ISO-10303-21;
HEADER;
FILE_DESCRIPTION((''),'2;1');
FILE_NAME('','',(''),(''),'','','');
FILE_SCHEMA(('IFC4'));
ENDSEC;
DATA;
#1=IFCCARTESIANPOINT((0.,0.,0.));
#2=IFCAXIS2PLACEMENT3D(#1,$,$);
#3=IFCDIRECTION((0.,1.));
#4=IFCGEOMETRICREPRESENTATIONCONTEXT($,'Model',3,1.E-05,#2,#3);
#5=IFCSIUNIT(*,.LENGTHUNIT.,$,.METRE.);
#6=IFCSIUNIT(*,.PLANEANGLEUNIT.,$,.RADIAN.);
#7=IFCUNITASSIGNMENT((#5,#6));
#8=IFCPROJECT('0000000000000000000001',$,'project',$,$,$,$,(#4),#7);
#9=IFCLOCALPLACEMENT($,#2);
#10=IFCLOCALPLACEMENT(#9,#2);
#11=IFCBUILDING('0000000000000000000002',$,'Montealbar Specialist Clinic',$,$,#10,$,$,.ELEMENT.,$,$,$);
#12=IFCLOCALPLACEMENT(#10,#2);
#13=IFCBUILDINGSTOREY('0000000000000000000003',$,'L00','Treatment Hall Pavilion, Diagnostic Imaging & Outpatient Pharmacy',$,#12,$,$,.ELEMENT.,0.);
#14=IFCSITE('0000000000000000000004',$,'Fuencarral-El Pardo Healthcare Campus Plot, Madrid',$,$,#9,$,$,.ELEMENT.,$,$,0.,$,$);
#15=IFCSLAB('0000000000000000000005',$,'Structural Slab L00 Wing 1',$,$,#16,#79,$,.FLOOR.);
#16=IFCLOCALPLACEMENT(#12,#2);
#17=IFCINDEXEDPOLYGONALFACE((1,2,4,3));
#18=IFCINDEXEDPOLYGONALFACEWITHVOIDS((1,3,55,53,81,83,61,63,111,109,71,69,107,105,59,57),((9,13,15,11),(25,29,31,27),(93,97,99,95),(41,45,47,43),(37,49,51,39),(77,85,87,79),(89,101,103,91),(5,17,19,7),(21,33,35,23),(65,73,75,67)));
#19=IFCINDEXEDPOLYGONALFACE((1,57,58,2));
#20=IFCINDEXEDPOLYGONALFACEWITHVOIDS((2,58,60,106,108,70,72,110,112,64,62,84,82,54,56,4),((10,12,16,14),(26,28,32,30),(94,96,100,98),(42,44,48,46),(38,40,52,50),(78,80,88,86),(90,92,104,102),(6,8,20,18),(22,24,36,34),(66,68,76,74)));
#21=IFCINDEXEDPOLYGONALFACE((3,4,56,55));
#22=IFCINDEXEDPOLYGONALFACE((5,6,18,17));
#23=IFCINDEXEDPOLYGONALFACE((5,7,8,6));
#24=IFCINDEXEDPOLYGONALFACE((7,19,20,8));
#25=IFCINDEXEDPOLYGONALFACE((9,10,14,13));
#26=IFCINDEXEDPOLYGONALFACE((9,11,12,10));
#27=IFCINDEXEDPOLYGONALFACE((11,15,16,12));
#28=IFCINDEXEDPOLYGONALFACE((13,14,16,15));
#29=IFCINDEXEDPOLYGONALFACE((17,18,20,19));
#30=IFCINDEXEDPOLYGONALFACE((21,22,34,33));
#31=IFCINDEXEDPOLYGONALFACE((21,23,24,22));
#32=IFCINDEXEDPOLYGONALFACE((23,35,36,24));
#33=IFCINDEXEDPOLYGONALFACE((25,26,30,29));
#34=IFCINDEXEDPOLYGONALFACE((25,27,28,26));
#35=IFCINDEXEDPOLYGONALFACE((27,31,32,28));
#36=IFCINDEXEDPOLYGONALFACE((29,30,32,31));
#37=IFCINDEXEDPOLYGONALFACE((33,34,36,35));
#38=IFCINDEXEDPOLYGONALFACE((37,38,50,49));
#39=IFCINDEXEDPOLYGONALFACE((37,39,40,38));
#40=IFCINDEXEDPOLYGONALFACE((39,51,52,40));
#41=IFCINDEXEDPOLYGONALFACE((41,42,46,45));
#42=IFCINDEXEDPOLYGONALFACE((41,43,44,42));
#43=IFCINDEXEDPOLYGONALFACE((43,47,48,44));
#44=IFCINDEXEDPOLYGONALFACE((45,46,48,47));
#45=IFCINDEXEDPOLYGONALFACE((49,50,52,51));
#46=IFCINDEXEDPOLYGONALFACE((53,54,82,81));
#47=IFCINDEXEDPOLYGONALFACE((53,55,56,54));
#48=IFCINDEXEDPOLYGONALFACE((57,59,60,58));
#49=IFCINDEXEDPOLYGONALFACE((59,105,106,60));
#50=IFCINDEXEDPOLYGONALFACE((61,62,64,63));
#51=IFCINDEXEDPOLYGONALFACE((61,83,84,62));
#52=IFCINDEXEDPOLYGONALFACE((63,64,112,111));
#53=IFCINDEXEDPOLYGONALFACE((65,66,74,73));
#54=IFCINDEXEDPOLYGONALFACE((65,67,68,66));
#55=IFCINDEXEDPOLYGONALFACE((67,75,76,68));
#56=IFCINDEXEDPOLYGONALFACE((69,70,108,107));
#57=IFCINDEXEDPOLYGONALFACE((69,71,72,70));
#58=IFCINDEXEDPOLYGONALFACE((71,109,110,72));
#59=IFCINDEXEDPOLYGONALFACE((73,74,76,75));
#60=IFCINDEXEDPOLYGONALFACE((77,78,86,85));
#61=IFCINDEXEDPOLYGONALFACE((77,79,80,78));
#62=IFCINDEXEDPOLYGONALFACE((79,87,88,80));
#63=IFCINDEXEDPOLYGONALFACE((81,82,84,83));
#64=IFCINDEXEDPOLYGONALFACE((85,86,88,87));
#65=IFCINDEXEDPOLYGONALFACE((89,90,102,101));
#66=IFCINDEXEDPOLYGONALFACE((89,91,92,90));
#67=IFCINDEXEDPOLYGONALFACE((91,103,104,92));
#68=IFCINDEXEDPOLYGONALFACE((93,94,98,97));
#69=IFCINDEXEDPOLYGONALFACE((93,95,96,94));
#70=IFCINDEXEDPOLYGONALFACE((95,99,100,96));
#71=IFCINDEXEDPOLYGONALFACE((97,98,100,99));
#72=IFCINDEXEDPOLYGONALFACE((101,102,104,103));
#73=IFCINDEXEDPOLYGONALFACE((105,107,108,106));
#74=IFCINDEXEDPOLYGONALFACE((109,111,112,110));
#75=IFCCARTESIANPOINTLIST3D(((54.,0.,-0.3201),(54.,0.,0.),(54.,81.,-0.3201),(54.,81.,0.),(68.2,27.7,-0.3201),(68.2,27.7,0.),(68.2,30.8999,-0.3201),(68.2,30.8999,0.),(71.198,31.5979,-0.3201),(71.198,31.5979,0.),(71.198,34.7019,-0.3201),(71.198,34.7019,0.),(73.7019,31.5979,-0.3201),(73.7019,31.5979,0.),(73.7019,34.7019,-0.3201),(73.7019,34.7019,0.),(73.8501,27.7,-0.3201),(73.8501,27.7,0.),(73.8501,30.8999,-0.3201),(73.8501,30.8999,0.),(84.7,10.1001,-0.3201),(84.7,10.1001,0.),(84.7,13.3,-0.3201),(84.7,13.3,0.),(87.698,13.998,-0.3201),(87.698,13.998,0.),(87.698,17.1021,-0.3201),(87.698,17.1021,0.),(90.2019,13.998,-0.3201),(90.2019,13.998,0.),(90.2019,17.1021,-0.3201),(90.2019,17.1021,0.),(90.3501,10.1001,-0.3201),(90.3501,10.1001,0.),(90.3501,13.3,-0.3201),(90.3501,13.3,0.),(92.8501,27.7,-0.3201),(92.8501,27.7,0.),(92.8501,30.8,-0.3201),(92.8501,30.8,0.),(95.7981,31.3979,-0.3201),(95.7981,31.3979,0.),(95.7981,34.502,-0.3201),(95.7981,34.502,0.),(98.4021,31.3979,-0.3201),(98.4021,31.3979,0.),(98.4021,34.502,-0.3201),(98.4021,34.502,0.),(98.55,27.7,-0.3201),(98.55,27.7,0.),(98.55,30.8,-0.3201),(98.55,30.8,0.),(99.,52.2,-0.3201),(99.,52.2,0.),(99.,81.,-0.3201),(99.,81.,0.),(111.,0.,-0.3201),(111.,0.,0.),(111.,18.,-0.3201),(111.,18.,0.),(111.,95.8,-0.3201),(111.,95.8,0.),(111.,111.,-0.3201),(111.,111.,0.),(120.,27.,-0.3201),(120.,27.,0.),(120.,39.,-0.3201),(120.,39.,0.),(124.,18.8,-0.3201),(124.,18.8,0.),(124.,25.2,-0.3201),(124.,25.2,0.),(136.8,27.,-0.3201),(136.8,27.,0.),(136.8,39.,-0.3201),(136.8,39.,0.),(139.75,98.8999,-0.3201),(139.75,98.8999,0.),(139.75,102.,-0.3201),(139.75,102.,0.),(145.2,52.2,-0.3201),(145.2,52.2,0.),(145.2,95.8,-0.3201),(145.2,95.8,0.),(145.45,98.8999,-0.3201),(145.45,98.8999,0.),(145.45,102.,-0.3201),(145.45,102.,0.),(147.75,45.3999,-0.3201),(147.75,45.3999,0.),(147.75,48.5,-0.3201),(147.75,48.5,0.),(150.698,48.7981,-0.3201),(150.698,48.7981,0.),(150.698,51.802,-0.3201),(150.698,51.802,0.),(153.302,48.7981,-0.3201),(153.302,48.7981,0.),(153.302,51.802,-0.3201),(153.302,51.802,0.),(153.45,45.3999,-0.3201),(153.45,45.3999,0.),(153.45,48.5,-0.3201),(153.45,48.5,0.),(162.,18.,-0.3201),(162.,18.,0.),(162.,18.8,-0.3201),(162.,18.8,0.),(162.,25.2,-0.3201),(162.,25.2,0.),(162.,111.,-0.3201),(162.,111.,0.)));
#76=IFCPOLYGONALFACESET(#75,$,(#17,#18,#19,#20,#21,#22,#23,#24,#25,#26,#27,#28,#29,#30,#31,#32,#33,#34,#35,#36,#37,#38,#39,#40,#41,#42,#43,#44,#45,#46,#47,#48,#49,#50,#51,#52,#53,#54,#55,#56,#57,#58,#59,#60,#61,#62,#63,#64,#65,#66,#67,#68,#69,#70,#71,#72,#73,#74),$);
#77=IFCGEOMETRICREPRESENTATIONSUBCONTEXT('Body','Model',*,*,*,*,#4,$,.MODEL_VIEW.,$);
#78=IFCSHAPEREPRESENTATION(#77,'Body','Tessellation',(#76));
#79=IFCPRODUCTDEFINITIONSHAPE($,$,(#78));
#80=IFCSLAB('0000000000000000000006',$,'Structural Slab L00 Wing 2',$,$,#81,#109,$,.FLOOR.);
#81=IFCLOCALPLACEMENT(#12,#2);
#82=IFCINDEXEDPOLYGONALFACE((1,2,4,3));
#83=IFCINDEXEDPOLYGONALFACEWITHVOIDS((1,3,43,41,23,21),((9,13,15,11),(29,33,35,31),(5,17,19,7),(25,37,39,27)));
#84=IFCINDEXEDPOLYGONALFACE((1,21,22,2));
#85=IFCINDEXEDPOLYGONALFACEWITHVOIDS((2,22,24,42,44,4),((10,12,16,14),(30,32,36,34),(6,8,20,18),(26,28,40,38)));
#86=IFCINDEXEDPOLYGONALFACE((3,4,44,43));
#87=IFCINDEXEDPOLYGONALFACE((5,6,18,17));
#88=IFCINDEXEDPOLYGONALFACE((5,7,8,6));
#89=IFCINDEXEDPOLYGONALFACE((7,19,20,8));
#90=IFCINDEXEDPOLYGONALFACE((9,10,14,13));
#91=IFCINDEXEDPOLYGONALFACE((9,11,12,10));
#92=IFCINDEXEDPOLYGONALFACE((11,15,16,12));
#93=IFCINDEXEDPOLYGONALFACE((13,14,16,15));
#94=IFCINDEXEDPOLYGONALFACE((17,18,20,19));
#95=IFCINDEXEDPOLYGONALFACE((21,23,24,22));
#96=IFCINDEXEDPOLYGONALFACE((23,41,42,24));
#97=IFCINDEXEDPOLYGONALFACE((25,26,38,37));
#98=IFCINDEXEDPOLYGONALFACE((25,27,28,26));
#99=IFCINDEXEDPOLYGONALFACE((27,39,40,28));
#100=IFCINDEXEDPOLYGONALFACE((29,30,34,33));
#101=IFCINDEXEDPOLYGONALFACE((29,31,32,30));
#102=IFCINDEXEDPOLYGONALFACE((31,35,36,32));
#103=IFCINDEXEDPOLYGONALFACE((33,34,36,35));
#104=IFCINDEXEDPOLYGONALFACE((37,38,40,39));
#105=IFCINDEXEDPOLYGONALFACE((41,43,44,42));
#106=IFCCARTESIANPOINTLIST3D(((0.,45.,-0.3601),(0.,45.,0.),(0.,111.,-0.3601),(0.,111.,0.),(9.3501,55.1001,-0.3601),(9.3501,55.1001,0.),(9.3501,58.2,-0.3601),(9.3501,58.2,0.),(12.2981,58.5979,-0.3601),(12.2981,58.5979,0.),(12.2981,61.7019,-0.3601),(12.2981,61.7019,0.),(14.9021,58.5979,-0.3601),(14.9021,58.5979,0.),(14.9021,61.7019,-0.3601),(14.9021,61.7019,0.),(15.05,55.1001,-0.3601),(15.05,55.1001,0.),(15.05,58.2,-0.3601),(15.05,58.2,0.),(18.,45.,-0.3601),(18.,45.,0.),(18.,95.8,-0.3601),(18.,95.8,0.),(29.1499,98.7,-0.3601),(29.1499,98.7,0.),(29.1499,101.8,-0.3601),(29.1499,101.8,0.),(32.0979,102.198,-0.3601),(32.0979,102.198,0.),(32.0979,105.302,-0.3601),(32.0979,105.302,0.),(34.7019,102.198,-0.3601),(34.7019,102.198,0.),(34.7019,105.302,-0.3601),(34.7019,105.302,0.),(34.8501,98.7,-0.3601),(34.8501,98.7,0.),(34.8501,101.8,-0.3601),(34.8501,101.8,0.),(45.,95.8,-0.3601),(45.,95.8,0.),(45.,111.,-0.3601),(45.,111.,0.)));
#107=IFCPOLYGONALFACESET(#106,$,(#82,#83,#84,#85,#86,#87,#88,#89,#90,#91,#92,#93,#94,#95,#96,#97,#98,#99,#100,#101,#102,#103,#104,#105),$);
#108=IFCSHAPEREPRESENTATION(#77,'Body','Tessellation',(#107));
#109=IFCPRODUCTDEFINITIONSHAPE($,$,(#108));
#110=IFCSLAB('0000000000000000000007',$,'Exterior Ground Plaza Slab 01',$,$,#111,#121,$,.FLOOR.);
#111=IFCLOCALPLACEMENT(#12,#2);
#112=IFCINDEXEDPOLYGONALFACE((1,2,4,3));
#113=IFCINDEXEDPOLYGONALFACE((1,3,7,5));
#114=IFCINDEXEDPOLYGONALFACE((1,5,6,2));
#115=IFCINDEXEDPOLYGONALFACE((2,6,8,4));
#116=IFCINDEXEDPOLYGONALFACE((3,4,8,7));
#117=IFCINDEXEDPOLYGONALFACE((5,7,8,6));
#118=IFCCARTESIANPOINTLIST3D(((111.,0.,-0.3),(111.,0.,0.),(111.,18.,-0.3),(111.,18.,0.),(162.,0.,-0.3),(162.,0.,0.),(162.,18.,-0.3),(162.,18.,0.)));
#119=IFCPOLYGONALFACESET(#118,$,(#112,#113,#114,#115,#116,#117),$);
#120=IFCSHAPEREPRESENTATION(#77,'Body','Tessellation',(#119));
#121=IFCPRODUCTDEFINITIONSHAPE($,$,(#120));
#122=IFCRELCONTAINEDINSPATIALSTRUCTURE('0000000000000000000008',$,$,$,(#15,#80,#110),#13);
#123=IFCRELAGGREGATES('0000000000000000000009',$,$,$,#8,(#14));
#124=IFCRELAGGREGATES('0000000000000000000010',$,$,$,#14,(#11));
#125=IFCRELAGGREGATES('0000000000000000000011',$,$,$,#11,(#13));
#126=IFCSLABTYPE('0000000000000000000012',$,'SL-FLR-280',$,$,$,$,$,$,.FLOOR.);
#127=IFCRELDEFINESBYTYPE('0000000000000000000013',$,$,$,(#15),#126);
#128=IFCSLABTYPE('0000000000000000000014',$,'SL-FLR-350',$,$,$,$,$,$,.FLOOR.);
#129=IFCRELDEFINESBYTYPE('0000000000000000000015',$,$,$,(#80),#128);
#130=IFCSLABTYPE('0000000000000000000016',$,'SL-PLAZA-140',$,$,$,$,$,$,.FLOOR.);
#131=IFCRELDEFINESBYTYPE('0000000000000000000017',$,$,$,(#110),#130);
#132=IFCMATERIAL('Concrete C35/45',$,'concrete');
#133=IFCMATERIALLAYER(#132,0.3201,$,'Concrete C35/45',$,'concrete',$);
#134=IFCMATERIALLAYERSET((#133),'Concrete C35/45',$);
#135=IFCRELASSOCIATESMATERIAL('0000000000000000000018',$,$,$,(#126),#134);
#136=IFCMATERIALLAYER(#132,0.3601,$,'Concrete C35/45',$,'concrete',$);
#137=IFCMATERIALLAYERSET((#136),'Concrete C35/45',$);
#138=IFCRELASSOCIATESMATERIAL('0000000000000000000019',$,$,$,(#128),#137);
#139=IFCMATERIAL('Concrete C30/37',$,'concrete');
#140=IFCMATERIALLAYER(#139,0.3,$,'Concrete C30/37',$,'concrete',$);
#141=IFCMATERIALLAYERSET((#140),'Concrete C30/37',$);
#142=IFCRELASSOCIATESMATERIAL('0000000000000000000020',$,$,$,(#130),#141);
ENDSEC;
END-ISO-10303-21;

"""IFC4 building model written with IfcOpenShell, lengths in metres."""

from ifc_helpers import new_model, si_unit, direction, frame, origin, origin_2d, place, context, subcontext, project, spatial, polyline, rectangle, outline, extrude, material, layer, layer_set, type_object, element, save


model = new_model("IFC4")

# Units and contexts
model_context = context("Model", 3, precision=1e-05, world=origin(), true_north=direction((0.0, 1.0)))
body_context = subcontext(model_context, "Body", "Model", "MODEL_VIEW")
ifc_project = project(units=[si_unit("LENGTHUNIT", "METRE"), si_unit("PLANEANGLEUNIT", "RADIAN")], contexts=[model_context])

# Site, building, storey
site_placement = place(None, origin())
site = spatial("IfcSite", under=ifc_project, at=site_placement, Name="Fuencarral-El Pardo Healthcare Campus Plot, Madrid", CompositionType="ELEMENT", RefElevation=0.0)
building_placement = place(site_placement, origin())
building = spatial("IfcBuilding", under=site, at=building_placement, Name="Montealbar Specialist Clinic", CompositionType="ELEMENT")
storey_placement = place(building_placement, origin())
storey = spatial("IfcBuildingStorey", under=building, at=storey_placement, Name="L00", Description="Treatment Hall Pavilion, Diagnostic Imaging & Outpatient Pharmacy", CompositionType="ELEMENT", Elevation=0.0)

# Slabs, openings
ifc_material_1 = material(Name="Concrete C35/45", Category="concrete")
ifc_layer_1 = layer(ifc_material_1, 0.3201, Name="Concrete C35/45", Category="concrete")
ifc_layer_set_1 = layer_set([ifc_layer_1], Name="Concrete C35/45")
slab_type_1 = type_object("IfcSlabType", Name="SL-FLR-280", PredefinedType="FLOOR", material=ifc_layer_set_1)
slab_1_placement = place(storey_placement, frame((0.0, 0.0, -0.3201)))
slab_1 = element("IfcSlab", 1, at=slab_1_placement, inside=storey, type_object=slab_type_1, Name="Structural Slab L00 Wing 1", PredefinedType="FLOOR", context=body_context, shape_type="SweptSolid", body=[
    extrude(outline(polyline([(54.0, 0.0), (54.0, 81.0), (99.0, 81.0), (99.0, 52.2), (145.2, 52.2), (145.2, 95.8), (111.0, 95.8), (111.0, 111.0), (162.0, 111.0), (162.0, 25.2), (124.0, 25.2), (124.0, 18.8), (162.0, 18.8), (162.0, 18.0), (111.0, 18.0), (111.0, 0.0), (54.0, 0.0)]), holes=[polyline([(120.0, 27.0), (136.8, 27.0), (136.8, 39.0), (120.0, 39.0), (120.0, 27.0)]), polyline([(84.7, 13.3), (84.7, 10.1001), (90.3501, 10.1001), (90.3501, 13.3), (84.7, 13.3)]), polyline([(73.8501, 30.8999), (68.2, 30.8999), (68.2, 27.7), (73.8501, 27.7), (73.8501, 30.8999)]), polyline([(73.7019, 34.7019), (71.198, 34.7019), (71.198, 31.5979), (73.7019, 31.5979), (73.7019, 34.7019)]), polyline([(87.698, 17.1021), (87.698, 13.998), (90.2019, 13.998), (90.2019, 17.1021), (87.698, 17.1021)]), polyline([(98.55, 30.8), (92.8501, 30.8), (92.8501, 27.7), (98.55, 27.7), (98.55, 30.8)]), polyline([(98.4021, 34.502), (95.7981, 34.502), (95.7981, 31.3979), (98.4021, 31.3979), (98.4021, 34.502)]), polyline([(153.45, 48.5), (147.75, 48.5), (147.75, 45.3999), (153.45, 45.3999), (153.45, 48.5)]), polyline([(153.302, 51.802), (150.698, 51.802), (150.698, 48.7981), (153.302, 48.7981), (153.302, 51.802)]), polyline([(145.45, 102.0), (139.75, 102.0), (139.75, 98.8999), (145.45, 98.8999), (145.45, 102.0)])]), origin(), (0.0, 0.0, 1.0), 0.3201),
])
opening_1_placement = place(slab_1_placement, frame((71.0249, 29.2998, -0.01)))
element("IfcOpeningElement", 2, at=opening_1_placement, cuts=slab_1, PredefinedType="OPENING", context=body_context, shape_type="SweptSolid", body=[
    extrude(rectangle(XDim=5.6462, YDim=3.196, at=origin_2d()), origin(), (0.0, 0.0, 1.0), 0.3401),
])
opening_2_placement = place(slab_1_placement, frame((72.45, 33.1499, -0.01)))
element("IfcOpeningElement", 3, at=opening_2_placement, cuts=slab_1, PredefinedType="OPENING", context=body_context, shape_type="SweptSolid", body=[
    extrude(rectangle(XDim=2.5, YDim=3.1001, at=origin_2d()), origin(), (0.0, 0.0, 1.0), 0.3401),
])
opening_3_placement = place(slab_1_placement, frame((87.5249, 11.7002, -0.01)))
element("IfcOpeningElement", 4, at=opening_3_placement, cuts=slab_1, PredefinedType="OPENING", context=body_context, shape_type="SweptSolid", body=[
    extrude(rectangle(XDim=5.6462, YDim=3.196, at=origin_2d()), origin(), (0.0, 0.0, 1.0), 0.3401),
])
opening_4_placement = place(slab_1_placement, frame((88.95, 15.55, -0.01)))
element("IfcOpeningElement", 5, at=opening_4_placement, cuts=slab_1, PredefinedType="OPENING", context=body_context, shape_type="SweptSolid", body=[
    extrude(rectangle(XDim=2.5, YDim=3.1001, at=origin_2d()), origin(), (0.0, 0.0, 1.0), 0.3401),
])
opening_5_placement = place(slab_1_placement, frame((95.7002, 29.25, -0.01)))
element("IfcOpeningElement", 6, at=opening_5_placement, cuts=slab_1, PredefinedType="OPENING", context=body_context, shape_type="SweptSolid", body=[
    extrude(rectangle(XDim=5.696, YDim=3.0962, at=origin_2d()), origin(), (0.0, 0.0, 1.0), 0.3401),
])
opening_6_placement = place(slab_1_placement, frame((97.1001, 32.95, -0.01)))
element("IfcOpeningElement", 7, at=opening_6_placement, cuts=slab_1, PredefinedType="OPENING", context=body_context, shape_type="SweptSolid", body=[
    extrude(rectangle(XDim=2.6001, YDim=3.1001, at=origin_2d()), origin(), (0.0, 0.0, 1.0), 0.3401),
])
opening_7_placement = place(slab_1_placement, frame((150.6001, 46.95, -0.01)))
element("IfcOpeningElement", 8, at=opening_7_placement, cuts=slab_1, PredefinedType="OPENING", context=body_context, shape_type="SweptSolid", body=[
    extrude(rectangle(XDim=5.696, YDim=3.0962, at=origin_2d()), origin(), (0.0, 0.0, 1.0), 0.3401),
])
opening_8_placement = place(slab_1_placement, frame((152.0, 50.3, -0.01)))
element("IfcOpeningElement", 9, at=opening_8_placement, cuts=slab_1, PredefinedType="OPENING", context=body_context, shape_type="SweptSolid", body=[
    extrude(rectangle(XDim=2.6001, YDim=3.0, at=origin_2d()), origin(), (0.0, 0.0, 1.0), 0.3401),
])
opening_9_placement = place(slab_1_placement, frame((142.6001, 100.45, -0.01)))
element("IfcOpeningElement", 10, at=opening_9_placement, cuts=slab_1, PredefinedType="OPENING", context=body_context, shape_type="SweptSolid", body=[
    extrude(rectangle(XDim=5.696, YDim=3.0962, at=origin_2d()), origin(), (0.0, 0.0, 1.0), 0.3401),
])
ifc_layer_2 = layer(ifc_material_1, 0.3601, Name="Concrete C35/45", Category="concrete")
ifc_layer_set_2 = layer_set([ifc_layer_2], Name="Concrete C35/45")
slab_type_2 = type_object("IfcSlabType", Name="SL-FLR-350", PredefinedType="FLOOR", material=ifc_layer_set_2)
slab_2_placement = place(storey_placement, frame((0.0, 0.0, -0.3601)))
slab_2 = element("IfcSlab", 11, at=slab_2_placement, inside=storey, type_object=slab_type_2, Name="Structural Slab L00 Wing 2", PredefinedType="FLOOR", context=body_context, shape_type="SweptSolid", body=[
    extrude(outline(polyline([(0.0, 45.0), (0.0, 111.0), (45.0, 111.0), (45.0, 95.8), (18.0, 95.8), (18.0, 45.0), (0.0, 45.0)]), holes=[polyline([(15.05, 58.2), (9.3501, 58.2), (9.3501, 55.1001), (15.05, 55.1001), (15.05, 58.2)]), polyline([(14.9021, 61.7019), (12.2981, 61.7019), (12.2981, 58.5979), (14.9021, 58.5979), (14.9021, 61.7019)]), polyline([(34.8501, 101.8), (29.1499, 101.8), (29.1499, 98.7), (34.8501, 98.7), (34.8501, 101.8)]), polyline([(34.7019, 105.302), (32.0979, 105.302), (32.0979, 102.198), (34.7019, 102.198), (34.7019, 105.302)])]), origin(), (0.0, 0.0, 1.0), 0.3601),
])
opening_10_placement = place(slab_2_placement, frame((12.2002, 56.6499, -0.01)))
element("IfcOpeningElement", 12, at=opening_10_placement, cuts=slab_2, PredefinedType="OPENING", context=body_context, shape_type="SweptSolid", body=[
    extrude(rectangle(XDim=5.696, YDim=3.0959, at=origin_2d()), origin(), (0.0, 0.0, 1.0), 0.3801),
])
opening_11_placement = place(slab_2_placement, frame((13.6001, 60.1499, -0.01)))
element("IfcOpeningElement", 13, at=opening_11_placement, cuts=slab_2, PredefinedType="OPENING", context=body_context, shape_type="SweptSolid", body=[
    extrude(rectangle(XDim=2.6001, YDim=3.1001, at=origin_2d()), origin(), (0.0, 0.0, 1.0), 0.3801),
])
opening_12_placement = place(slab_2_placement, frame((32.0, 100.25, -0.01)))
element("IfcOpeningElement", 14, at=opening_12_placement, cuts=slab_2, PredefinedType="OPENING", context=body_context, shape_type="SweptSolid", body=[
    extrude(rectangle(XDim=5.6963, YDim=3.0962, at=origin_2d()), origin(), (0.0, 0.0, 1.0), 0.3801),
])
opening_13_placement = place(slab_2_placement, frame((33.3999, 103.75, -0.01)))
element("IfcOpeningElement", 15, at=opening_13_placement, cuts=slab_2, PredefinedType="OPENING", context=body_context, shape_type="SweptSolid", body=[
    extrude(rectangle(XDim=2.6001, YDim=3.1001, at=origin_2d()), origin(), (0.0, 0.0, 1.0), 0.3801),
])

# Slab
ifc_material_2 = material(Name="Concrete C30/37", Category="concrete")
ifc_layer_3 = layer(ifc_material_2, 0.3, Name="Concrete C30/37", Category="concrete")
ifc_layer_set_3 = layer_set([ifc_layer_3], Name="Concrete C30/37")
slab_type_3 = type_object("IfcSlabType", Name="SL-PLAZA-140", PredefinedType="FLOOR", material=ifc_layer_set_3)
slab_3_placement = place(storey_placement, frame((0.0, 0.0, -0.3)))
element("IfcSlab", 16, at=slab_3_placement, inside=storey, type_object=slab_type_3, Name="Exterior Ground Plaza Slab 01", PredefinedType="FLOOR", context=body_context, shape_type="SweptSolid", body=[
    extrude(outline(polyline([(111.0, 18.0), (162.0, 18.0), (162.0, 0.0), (111.0, 0.0), (111.0, 18.0)])), origin(), (0.0, 0.0, 1.0), 0.3),
])

save(model, "model.ifc")
